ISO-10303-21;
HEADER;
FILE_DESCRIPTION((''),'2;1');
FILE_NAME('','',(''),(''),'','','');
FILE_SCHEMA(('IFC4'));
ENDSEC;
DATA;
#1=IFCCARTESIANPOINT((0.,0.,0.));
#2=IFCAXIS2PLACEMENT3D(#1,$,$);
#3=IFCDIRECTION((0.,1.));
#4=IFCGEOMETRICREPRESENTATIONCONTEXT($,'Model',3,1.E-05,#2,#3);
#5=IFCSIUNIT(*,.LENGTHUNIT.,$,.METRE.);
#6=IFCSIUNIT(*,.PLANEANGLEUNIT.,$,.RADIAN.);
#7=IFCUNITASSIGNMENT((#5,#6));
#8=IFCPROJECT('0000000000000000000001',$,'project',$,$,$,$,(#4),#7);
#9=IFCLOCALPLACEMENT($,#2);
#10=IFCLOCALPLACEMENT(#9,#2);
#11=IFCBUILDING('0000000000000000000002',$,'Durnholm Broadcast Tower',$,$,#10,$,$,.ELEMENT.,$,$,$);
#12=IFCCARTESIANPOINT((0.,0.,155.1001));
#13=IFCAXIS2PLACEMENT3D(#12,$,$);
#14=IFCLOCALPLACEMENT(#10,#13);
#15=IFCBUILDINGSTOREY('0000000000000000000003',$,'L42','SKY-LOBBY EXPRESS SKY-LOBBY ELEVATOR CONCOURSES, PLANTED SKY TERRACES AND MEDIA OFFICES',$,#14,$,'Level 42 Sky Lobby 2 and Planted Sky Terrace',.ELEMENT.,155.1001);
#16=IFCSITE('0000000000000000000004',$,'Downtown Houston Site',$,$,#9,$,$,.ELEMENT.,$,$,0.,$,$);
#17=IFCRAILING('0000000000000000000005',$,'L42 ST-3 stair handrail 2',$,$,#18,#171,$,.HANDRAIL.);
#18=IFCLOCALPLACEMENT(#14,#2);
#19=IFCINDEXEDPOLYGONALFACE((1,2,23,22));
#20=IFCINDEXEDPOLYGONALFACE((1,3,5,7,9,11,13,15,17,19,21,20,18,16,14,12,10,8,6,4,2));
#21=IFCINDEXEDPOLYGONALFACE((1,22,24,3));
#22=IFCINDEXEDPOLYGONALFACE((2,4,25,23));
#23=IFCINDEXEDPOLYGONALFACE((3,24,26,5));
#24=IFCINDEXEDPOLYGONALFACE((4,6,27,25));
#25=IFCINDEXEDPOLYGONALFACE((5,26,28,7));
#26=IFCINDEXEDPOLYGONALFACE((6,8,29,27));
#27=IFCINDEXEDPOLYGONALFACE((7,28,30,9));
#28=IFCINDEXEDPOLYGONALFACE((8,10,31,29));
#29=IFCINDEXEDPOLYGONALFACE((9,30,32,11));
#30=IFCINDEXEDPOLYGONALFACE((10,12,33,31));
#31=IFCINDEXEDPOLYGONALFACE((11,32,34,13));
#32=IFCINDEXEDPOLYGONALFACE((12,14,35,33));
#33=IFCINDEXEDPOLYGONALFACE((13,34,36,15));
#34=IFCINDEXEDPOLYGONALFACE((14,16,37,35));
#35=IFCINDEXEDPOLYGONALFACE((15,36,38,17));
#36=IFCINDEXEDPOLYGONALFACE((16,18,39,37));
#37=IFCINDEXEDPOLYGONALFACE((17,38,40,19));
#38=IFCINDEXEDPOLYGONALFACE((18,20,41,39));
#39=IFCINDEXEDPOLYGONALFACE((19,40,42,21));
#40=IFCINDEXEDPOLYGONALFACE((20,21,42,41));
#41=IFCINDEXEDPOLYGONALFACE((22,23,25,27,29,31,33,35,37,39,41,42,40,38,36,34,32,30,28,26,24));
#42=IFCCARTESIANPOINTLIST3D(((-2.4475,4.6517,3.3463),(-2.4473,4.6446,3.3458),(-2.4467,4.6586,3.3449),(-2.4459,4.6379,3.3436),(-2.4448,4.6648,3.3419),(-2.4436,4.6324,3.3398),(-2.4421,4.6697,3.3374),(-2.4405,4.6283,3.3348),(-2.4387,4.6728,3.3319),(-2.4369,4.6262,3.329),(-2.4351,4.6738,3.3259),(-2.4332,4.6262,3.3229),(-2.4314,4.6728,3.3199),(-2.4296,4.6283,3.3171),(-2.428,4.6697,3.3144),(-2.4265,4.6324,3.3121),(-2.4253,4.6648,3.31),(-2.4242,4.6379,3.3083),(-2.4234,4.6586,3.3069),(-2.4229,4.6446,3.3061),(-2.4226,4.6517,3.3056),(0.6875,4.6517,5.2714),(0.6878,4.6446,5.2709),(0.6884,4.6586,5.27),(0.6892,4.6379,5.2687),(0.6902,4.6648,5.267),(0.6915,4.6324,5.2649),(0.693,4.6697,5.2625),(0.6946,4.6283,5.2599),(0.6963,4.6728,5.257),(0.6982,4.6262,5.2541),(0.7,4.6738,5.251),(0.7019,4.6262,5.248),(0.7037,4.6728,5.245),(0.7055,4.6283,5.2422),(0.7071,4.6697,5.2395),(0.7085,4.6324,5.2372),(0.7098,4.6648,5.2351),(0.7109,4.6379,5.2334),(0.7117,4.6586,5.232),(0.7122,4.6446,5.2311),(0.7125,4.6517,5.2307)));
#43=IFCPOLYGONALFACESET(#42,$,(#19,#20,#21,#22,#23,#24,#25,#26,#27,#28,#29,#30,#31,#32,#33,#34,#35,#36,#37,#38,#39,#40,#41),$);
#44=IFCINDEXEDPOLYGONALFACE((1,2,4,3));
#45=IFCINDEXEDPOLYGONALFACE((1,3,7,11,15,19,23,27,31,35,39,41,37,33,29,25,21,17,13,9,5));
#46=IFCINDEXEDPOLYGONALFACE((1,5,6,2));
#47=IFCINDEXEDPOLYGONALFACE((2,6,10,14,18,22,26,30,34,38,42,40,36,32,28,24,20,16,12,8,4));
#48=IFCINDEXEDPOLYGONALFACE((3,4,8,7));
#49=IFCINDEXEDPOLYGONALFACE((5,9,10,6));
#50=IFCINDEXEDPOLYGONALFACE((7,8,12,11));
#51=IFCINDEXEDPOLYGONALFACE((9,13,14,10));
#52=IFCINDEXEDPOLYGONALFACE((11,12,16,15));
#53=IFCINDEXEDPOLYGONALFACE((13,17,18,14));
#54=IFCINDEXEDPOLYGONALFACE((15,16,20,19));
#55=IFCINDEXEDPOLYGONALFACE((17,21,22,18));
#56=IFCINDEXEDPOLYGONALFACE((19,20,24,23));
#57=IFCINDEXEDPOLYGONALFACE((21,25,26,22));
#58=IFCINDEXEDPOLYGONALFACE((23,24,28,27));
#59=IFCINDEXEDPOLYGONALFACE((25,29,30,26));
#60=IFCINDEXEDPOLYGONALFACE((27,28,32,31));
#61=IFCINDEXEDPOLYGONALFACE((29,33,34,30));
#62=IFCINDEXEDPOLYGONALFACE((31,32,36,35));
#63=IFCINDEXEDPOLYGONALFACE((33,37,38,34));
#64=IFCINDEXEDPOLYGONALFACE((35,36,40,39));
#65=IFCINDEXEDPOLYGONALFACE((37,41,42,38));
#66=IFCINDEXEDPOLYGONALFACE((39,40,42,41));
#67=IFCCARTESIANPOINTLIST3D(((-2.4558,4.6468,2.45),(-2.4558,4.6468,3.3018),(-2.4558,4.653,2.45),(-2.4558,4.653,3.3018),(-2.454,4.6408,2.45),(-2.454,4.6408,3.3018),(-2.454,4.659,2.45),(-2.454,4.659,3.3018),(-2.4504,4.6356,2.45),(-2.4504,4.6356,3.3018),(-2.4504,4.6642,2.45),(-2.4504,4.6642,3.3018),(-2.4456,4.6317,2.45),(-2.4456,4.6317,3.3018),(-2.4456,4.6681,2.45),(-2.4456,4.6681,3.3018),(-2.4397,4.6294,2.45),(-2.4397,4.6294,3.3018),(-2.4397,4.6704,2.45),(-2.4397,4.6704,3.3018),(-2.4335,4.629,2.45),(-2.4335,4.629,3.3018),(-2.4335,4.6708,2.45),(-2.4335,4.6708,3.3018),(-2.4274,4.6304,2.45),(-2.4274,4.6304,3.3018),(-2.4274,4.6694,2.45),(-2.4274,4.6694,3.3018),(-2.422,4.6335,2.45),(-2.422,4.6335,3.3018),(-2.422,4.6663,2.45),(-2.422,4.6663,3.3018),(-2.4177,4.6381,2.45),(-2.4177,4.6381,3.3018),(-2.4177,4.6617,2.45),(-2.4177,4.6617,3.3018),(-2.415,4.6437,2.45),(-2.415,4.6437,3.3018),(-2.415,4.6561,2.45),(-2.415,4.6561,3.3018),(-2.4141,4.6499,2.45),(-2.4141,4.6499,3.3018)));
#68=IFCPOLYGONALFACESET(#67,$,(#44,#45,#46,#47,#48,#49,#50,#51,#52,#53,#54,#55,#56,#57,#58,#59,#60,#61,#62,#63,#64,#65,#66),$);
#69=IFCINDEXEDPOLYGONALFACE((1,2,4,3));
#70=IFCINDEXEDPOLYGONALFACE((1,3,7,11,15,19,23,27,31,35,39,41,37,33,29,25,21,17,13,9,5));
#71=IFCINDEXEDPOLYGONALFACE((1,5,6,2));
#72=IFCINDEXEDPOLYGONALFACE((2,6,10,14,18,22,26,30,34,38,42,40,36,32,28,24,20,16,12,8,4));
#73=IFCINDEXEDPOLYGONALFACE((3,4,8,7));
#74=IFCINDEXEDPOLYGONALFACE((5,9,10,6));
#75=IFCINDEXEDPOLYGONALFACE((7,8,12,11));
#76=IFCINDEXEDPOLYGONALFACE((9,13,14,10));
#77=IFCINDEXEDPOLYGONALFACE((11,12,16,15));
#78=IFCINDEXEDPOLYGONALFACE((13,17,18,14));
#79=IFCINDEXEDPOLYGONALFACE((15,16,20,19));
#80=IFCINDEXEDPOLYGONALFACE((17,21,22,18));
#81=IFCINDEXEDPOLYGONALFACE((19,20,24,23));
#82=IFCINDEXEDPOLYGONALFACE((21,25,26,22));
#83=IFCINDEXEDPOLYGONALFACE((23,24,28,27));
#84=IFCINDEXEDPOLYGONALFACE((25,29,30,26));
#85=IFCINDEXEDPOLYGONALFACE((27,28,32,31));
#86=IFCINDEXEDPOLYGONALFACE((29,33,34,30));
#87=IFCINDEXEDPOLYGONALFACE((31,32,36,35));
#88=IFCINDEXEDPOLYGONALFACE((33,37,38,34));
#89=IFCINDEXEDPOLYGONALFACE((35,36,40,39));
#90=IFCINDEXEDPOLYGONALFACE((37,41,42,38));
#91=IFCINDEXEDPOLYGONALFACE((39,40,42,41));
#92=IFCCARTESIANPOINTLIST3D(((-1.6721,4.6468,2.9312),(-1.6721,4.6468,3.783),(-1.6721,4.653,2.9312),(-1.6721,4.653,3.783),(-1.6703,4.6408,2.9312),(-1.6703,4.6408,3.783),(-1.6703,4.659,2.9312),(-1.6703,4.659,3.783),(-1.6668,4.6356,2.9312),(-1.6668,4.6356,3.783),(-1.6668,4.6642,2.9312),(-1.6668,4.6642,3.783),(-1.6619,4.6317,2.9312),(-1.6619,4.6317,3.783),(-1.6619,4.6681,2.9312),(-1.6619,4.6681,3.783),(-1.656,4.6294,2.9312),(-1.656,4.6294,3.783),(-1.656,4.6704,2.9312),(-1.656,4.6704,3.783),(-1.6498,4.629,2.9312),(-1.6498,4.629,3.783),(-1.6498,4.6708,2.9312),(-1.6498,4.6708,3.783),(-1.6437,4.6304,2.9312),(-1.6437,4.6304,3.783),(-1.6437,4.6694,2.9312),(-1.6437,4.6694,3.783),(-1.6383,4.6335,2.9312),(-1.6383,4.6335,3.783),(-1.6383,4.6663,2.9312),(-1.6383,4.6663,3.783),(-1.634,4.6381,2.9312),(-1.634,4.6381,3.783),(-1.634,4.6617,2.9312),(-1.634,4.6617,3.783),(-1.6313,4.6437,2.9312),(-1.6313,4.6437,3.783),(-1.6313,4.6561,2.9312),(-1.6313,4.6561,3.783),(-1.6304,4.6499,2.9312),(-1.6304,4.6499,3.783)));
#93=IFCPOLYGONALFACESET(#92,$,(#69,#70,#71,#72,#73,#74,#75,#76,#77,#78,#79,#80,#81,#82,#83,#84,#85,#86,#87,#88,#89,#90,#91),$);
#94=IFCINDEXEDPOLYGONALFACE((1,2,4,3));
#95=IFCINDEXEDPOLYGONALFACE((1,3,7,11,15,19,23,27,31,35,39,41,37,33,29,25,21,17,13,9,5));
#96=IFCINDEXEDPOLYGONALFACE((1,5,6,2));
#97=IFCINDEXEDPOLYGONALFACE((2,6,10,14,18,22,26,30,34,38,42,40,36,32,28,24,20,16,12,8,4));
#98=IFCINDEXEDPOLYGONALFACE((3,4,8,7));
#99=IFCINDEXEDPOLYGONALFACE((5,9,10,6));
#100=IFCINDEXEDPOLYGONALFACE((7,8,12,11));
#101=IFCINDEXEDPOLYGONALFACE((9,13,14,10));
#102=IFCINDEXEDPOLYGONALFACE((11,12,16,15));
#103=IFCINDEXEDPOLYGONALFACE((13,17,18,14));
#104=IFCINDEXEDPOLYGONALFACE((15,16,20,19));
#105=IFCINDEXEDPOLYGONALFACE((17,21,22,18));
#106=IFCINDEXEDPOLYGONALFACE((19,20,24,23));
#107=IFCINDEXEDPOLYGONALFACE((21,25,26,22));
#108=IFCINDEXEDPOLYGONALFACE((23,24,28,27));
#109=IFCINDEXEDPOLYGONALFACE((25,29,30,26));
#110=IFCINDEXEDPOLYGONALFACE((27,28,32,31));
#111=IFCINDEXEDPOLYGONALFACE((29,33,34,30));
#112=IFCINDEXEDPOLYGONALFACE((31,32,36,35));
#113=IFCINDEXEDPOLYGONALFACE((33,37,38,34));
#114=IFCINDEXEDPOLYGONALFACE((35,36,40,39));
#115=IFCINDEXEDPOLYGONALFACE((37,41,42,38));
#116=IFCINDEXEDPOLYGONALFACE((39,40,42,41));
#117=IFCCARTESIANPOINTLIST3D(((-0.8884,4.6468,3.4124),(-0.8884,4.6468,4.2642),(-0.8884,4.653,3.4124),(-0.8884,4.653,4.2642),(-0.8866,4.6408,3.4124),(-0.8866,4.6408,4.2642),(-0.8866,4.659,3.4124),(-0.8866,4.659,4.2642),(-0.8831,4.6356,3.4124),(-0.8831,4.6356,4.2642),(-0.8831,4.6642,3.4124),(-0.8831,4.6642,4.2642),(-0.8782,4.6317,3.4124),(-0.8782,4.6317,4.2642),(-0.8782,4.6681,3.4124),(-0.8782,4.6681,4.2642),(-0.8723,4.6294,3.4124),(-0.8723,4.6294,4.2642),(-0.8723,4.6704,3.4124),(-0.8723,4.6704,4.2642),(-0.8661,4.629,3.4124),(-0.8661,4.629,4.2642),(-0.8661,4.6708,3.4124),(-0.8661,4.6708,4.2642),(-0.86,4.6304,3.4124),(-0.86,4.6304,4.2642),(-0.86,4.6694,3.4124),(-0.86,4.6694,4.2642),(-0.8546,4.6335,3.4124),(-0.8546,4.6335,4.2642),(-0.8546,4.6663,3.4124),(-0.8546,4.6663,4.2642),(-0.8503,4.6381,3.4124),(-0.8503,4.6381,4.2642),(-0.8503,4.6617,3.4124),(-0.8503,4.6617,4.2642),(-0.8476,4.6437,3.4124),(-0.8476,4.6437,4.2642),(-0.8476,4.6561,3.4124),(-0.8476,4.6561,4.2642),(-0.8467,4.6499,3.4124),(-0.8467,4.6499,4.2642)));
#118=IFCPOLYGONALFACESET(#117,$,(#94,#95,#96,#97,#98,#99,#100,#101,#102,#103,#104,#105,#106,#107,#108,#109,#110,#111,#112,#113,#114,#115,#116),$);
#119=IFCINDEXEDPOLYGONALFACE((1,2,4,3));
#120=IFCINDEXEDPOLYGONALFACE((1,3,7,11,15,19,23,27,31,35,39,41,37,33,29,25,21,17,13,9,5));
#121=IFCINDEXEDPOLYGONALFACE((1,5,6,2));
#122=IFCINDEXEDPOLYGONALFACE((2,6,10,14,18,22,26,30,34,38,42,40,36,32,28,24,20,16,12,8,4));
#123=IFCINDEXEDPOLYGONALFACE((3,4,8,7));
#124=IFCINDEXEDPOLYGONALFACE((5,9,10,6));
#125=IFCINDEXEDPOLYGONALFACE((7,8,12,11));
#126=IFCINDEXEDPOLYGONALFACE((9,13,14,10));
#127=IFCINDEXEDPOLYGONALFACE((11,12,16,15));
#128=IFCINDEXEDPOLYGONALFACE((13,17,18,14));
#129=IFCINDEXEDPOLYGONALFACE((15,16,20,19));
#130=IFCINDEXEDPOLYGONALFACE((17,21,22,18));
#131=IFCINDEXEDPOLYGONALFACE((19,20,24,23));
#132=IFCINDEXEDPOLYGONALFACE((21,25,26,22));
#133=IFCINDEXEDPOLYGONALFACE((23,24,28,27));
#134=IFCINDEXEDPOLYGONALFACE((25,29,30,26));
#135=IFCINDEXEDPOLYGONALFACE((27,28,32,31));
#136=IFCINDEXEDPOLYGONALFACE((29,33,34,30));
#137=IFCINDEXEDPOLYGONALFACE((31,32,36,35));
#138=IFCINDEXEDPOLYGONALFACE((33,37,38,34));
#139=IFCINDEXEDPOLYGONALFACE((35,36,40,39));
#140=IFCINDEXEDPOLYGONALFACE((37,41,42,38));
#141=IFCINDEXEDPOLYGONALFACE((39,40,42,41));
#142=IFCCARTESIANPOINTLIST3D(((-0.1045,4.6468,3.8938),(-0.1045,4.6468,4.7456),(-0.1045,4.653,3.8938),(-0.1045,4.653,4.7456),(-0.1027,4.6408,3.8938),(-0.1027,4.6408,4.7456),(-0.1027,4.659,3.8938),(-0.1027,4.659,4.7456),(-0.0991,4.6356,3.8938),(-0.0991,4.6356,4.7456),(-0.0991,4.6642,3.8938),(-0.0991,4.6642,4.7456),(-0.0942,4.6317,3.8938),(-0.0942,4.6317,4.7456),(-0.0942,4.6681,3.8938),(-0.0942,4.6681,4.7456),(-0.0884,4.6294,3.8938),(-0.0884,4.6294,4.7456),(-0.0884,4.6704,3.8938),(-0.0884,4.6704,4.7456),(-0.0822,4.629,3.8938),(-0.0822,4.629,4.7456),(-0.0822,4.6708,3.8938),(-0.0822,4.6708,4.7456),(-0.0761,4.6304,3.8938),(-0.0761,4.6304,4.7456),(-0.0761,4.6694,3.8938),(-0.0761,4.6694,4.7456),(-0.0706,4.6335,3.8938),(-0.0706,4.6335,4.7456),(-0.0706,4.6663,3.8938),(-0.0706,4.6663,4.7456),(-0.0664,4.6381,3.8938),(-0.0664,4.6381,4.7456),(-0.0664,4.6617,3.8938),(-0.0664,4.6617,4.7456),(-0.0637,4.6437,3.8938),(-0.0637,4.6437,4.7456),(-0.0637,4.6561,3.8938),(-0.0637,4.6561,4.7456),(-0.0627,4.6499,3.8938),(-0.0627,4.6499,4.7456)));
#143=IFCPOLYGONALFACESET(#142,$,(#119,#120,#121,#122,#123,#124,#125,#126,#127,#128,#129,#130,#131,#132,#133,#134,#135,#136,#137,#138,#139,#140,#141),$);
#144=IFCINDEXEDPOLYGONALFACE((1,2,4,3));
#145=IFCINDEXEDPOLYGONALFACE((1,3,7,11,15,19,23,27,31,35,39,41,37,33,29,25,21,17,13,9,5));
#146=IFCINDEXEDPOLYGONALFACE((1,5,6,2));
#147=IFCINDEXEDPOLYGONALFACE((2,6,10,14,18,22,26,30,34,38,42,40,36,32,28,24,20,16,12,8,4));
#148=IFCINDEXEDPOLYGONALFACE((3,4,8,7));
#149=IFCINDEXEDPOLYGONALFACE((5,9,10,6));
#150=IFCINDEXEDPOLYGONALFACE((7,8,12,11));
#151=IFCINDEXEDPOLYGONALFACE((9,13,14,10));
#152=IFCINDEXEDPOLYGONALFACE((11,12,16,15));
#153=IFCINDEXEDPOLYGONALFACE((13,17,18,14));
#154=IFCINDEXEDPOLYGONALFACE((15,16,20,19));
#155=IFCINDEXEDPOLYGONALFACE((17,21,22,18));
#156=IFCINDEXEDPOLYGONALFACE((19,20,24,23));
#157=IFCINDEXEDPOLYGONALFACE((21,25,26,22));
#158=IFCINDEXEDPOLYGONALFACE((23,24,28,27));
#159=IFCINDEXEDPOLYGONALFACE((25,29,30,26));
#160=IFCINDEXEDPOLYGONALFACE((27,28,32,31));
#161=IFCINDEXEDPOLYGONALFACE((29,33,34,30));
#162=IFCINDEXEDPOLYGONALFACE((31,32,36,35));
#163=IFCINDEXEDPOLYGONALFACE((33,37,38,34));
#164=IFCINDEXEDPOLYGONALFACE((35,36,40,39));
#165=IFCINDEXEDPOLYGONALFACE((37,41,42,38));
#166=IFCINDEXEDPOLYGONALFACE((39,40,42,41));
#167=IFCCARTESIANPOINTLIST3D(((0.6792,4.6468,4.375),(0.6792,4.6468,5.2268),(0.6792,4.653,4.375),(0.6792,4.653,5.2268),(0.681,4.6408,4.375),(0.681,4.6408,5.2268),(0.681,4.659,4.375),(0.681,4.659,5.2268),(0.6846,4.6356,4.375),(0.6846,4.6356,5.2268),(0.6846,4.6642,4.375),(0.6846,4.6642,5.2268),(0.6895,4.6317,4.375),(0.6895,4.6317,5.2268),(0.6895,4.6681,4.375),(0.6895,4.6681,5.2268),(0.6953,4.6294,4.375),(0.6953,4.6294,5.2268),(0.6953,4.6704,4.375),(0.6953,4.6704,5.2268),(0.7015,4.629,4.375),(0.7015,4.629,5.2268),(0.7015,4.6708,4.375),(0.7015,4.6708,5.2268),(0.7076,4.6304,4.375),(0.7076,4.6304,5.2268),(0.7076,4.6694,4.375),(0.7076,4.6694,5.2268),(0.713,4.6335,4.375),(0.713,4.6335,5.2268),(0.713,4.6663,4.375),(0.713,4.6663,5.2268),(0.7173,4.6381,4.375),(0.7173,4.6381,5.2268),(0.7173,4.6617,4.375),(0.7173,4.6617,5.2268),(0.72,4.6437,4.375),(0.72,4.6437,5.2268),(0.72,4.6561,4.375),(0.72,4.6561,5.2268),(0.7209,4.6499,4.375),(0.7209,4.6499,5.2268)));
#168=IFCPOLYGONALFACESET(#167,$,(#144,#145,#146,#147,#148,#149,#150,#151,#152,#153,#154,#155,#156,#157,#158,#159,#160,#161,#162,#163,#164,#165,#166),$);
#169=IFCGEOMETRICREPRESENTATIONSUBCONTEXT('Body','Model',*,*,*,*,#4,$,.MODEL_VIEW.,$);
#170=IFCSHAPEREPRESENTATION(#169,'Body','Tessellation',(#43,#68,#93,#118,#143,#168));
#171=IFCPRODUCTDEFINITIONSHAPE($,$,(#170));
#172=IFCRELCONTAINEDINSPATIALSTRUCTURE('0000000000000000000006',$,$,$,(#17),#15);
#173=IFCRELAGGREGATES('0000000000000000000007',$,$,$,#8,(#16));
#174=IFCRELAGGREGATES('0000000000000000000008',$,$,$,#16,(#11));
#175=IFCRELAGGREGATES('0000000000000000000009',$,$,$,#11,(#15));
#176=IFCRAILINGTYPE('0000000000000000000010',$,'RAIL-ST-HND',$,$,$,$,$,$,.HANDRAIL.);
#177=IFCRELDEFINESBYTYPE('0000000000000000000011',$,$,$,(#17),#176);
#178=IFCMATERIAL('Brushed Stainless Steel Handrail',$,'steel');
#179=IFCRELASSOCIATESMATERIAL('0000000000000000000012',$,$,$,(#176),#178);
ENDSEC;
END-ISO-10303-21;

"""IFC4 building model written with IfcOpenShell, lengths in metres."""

from ifc_helpers import new_model, si_unit, direction, frame, origin, origin_2d, place, context, subcontext, project, spatial, circle, extrude, material, type_object, element, save


model = new_model("IFC4")

# Units and contexts
model_context = context("Model", 3, precision=1e-05, world=origin(), true_north=direction((0.0, 1.0)))
body_context = subcontext(model_context, "Body", "Model", "MODEL_VIEW")
ifc_project = project(units=[si_unit("LENGTHUNIT", "METRE"), si_unit("PLANEANGLEUNIT", "RADIAN")], contexts=[model_context])

# Site, building, storey
site_placement = place(None, origin())
site = spatial("IfcSite", under=ifc_project, at=site_placement, Name="Downtown Houston Site", CompositionType="ELEMENT", RefElevation=0.0)
building_placement = place(site_placement, origin())
building = spatial("IfcBuilding", under=site, at=building_placement, Name="Durnholm Broadcast Tower", CompositionType="ELEMENT")
storey_placement = place(building_placement, frame((0.0, 0.0, 155.1001)))
storey = spatial("IfcBuildingStorey", under=building, at=storey_placement, Name="L42", Description="SKY-LOBBY EXPRESS SKY-LOBBY ELEVATOR CONCOURSES, PLANTED SKY TERRACES AND MEDIA OFFICES", LongName="Level 42 Sky Lobby 2 and Planted Sky Terrace", CompositionType="ELEMENT", Elevation=155.1001)

# Railing
ifc_material_1 = material(Name="Brushed Stainless Steel Handrail", Category="steel")
railing_type_1 = type_object("IfcRailingType", Name="RAIL-ST-HND", PredefinedType="HANDRAIL", material=ifc_material_1)
railing_1_placement = place(storey_placement, frame((-2.4351, 4.6499, 2.45)))
element("IfcRailing", 1, at=railing_1_placement, inside=storey, type_object=railing_type_1, Name="L42 ST-3 stair handrail 2", PredefinedType="HANDRAIL", context=body_context, shape_type="SweptSolid", body=[
    extrude(circle(Radius=0.0239, at=origin_2d()), frame((0.0, 0.0, 0.876), z_axis=(0.852166, 0.0, 0.523271), x_axis=(0.0, 1.0, 0.0)), (0.0, 0.0, 1.0), 3.679),
    extrude(circle(Radius=0.021, at=origin_2d()), origin(), (0.0, 0.0, 1.0), 0.8518),
    extrude(circle(Radius=0.021, at=origin_2d()), frame((0.7837, 0.0, 0.4812)), (0.0, 0.0, 1.0), 0.8518),
    extrude(circle(Radius=0.021, at=origin_2d()), frame((1.5674, 0.0, 0.9624)), (0.0, 0.0, 1.0), 0.8518),
    extrude(circle(Radius=0.021, at=origin_2d()), frame((2.3513, 0.0, 1.4438)), (0.0, 0.0, 1.0), 0.8518),
    extrude(circle(Radius=0.021, at=origin_2d()), frame((3.135, 0.0, 1.925)), (0.0, 0.0, 1.0), 0.8518),
])

save(model, "model.ifc")
